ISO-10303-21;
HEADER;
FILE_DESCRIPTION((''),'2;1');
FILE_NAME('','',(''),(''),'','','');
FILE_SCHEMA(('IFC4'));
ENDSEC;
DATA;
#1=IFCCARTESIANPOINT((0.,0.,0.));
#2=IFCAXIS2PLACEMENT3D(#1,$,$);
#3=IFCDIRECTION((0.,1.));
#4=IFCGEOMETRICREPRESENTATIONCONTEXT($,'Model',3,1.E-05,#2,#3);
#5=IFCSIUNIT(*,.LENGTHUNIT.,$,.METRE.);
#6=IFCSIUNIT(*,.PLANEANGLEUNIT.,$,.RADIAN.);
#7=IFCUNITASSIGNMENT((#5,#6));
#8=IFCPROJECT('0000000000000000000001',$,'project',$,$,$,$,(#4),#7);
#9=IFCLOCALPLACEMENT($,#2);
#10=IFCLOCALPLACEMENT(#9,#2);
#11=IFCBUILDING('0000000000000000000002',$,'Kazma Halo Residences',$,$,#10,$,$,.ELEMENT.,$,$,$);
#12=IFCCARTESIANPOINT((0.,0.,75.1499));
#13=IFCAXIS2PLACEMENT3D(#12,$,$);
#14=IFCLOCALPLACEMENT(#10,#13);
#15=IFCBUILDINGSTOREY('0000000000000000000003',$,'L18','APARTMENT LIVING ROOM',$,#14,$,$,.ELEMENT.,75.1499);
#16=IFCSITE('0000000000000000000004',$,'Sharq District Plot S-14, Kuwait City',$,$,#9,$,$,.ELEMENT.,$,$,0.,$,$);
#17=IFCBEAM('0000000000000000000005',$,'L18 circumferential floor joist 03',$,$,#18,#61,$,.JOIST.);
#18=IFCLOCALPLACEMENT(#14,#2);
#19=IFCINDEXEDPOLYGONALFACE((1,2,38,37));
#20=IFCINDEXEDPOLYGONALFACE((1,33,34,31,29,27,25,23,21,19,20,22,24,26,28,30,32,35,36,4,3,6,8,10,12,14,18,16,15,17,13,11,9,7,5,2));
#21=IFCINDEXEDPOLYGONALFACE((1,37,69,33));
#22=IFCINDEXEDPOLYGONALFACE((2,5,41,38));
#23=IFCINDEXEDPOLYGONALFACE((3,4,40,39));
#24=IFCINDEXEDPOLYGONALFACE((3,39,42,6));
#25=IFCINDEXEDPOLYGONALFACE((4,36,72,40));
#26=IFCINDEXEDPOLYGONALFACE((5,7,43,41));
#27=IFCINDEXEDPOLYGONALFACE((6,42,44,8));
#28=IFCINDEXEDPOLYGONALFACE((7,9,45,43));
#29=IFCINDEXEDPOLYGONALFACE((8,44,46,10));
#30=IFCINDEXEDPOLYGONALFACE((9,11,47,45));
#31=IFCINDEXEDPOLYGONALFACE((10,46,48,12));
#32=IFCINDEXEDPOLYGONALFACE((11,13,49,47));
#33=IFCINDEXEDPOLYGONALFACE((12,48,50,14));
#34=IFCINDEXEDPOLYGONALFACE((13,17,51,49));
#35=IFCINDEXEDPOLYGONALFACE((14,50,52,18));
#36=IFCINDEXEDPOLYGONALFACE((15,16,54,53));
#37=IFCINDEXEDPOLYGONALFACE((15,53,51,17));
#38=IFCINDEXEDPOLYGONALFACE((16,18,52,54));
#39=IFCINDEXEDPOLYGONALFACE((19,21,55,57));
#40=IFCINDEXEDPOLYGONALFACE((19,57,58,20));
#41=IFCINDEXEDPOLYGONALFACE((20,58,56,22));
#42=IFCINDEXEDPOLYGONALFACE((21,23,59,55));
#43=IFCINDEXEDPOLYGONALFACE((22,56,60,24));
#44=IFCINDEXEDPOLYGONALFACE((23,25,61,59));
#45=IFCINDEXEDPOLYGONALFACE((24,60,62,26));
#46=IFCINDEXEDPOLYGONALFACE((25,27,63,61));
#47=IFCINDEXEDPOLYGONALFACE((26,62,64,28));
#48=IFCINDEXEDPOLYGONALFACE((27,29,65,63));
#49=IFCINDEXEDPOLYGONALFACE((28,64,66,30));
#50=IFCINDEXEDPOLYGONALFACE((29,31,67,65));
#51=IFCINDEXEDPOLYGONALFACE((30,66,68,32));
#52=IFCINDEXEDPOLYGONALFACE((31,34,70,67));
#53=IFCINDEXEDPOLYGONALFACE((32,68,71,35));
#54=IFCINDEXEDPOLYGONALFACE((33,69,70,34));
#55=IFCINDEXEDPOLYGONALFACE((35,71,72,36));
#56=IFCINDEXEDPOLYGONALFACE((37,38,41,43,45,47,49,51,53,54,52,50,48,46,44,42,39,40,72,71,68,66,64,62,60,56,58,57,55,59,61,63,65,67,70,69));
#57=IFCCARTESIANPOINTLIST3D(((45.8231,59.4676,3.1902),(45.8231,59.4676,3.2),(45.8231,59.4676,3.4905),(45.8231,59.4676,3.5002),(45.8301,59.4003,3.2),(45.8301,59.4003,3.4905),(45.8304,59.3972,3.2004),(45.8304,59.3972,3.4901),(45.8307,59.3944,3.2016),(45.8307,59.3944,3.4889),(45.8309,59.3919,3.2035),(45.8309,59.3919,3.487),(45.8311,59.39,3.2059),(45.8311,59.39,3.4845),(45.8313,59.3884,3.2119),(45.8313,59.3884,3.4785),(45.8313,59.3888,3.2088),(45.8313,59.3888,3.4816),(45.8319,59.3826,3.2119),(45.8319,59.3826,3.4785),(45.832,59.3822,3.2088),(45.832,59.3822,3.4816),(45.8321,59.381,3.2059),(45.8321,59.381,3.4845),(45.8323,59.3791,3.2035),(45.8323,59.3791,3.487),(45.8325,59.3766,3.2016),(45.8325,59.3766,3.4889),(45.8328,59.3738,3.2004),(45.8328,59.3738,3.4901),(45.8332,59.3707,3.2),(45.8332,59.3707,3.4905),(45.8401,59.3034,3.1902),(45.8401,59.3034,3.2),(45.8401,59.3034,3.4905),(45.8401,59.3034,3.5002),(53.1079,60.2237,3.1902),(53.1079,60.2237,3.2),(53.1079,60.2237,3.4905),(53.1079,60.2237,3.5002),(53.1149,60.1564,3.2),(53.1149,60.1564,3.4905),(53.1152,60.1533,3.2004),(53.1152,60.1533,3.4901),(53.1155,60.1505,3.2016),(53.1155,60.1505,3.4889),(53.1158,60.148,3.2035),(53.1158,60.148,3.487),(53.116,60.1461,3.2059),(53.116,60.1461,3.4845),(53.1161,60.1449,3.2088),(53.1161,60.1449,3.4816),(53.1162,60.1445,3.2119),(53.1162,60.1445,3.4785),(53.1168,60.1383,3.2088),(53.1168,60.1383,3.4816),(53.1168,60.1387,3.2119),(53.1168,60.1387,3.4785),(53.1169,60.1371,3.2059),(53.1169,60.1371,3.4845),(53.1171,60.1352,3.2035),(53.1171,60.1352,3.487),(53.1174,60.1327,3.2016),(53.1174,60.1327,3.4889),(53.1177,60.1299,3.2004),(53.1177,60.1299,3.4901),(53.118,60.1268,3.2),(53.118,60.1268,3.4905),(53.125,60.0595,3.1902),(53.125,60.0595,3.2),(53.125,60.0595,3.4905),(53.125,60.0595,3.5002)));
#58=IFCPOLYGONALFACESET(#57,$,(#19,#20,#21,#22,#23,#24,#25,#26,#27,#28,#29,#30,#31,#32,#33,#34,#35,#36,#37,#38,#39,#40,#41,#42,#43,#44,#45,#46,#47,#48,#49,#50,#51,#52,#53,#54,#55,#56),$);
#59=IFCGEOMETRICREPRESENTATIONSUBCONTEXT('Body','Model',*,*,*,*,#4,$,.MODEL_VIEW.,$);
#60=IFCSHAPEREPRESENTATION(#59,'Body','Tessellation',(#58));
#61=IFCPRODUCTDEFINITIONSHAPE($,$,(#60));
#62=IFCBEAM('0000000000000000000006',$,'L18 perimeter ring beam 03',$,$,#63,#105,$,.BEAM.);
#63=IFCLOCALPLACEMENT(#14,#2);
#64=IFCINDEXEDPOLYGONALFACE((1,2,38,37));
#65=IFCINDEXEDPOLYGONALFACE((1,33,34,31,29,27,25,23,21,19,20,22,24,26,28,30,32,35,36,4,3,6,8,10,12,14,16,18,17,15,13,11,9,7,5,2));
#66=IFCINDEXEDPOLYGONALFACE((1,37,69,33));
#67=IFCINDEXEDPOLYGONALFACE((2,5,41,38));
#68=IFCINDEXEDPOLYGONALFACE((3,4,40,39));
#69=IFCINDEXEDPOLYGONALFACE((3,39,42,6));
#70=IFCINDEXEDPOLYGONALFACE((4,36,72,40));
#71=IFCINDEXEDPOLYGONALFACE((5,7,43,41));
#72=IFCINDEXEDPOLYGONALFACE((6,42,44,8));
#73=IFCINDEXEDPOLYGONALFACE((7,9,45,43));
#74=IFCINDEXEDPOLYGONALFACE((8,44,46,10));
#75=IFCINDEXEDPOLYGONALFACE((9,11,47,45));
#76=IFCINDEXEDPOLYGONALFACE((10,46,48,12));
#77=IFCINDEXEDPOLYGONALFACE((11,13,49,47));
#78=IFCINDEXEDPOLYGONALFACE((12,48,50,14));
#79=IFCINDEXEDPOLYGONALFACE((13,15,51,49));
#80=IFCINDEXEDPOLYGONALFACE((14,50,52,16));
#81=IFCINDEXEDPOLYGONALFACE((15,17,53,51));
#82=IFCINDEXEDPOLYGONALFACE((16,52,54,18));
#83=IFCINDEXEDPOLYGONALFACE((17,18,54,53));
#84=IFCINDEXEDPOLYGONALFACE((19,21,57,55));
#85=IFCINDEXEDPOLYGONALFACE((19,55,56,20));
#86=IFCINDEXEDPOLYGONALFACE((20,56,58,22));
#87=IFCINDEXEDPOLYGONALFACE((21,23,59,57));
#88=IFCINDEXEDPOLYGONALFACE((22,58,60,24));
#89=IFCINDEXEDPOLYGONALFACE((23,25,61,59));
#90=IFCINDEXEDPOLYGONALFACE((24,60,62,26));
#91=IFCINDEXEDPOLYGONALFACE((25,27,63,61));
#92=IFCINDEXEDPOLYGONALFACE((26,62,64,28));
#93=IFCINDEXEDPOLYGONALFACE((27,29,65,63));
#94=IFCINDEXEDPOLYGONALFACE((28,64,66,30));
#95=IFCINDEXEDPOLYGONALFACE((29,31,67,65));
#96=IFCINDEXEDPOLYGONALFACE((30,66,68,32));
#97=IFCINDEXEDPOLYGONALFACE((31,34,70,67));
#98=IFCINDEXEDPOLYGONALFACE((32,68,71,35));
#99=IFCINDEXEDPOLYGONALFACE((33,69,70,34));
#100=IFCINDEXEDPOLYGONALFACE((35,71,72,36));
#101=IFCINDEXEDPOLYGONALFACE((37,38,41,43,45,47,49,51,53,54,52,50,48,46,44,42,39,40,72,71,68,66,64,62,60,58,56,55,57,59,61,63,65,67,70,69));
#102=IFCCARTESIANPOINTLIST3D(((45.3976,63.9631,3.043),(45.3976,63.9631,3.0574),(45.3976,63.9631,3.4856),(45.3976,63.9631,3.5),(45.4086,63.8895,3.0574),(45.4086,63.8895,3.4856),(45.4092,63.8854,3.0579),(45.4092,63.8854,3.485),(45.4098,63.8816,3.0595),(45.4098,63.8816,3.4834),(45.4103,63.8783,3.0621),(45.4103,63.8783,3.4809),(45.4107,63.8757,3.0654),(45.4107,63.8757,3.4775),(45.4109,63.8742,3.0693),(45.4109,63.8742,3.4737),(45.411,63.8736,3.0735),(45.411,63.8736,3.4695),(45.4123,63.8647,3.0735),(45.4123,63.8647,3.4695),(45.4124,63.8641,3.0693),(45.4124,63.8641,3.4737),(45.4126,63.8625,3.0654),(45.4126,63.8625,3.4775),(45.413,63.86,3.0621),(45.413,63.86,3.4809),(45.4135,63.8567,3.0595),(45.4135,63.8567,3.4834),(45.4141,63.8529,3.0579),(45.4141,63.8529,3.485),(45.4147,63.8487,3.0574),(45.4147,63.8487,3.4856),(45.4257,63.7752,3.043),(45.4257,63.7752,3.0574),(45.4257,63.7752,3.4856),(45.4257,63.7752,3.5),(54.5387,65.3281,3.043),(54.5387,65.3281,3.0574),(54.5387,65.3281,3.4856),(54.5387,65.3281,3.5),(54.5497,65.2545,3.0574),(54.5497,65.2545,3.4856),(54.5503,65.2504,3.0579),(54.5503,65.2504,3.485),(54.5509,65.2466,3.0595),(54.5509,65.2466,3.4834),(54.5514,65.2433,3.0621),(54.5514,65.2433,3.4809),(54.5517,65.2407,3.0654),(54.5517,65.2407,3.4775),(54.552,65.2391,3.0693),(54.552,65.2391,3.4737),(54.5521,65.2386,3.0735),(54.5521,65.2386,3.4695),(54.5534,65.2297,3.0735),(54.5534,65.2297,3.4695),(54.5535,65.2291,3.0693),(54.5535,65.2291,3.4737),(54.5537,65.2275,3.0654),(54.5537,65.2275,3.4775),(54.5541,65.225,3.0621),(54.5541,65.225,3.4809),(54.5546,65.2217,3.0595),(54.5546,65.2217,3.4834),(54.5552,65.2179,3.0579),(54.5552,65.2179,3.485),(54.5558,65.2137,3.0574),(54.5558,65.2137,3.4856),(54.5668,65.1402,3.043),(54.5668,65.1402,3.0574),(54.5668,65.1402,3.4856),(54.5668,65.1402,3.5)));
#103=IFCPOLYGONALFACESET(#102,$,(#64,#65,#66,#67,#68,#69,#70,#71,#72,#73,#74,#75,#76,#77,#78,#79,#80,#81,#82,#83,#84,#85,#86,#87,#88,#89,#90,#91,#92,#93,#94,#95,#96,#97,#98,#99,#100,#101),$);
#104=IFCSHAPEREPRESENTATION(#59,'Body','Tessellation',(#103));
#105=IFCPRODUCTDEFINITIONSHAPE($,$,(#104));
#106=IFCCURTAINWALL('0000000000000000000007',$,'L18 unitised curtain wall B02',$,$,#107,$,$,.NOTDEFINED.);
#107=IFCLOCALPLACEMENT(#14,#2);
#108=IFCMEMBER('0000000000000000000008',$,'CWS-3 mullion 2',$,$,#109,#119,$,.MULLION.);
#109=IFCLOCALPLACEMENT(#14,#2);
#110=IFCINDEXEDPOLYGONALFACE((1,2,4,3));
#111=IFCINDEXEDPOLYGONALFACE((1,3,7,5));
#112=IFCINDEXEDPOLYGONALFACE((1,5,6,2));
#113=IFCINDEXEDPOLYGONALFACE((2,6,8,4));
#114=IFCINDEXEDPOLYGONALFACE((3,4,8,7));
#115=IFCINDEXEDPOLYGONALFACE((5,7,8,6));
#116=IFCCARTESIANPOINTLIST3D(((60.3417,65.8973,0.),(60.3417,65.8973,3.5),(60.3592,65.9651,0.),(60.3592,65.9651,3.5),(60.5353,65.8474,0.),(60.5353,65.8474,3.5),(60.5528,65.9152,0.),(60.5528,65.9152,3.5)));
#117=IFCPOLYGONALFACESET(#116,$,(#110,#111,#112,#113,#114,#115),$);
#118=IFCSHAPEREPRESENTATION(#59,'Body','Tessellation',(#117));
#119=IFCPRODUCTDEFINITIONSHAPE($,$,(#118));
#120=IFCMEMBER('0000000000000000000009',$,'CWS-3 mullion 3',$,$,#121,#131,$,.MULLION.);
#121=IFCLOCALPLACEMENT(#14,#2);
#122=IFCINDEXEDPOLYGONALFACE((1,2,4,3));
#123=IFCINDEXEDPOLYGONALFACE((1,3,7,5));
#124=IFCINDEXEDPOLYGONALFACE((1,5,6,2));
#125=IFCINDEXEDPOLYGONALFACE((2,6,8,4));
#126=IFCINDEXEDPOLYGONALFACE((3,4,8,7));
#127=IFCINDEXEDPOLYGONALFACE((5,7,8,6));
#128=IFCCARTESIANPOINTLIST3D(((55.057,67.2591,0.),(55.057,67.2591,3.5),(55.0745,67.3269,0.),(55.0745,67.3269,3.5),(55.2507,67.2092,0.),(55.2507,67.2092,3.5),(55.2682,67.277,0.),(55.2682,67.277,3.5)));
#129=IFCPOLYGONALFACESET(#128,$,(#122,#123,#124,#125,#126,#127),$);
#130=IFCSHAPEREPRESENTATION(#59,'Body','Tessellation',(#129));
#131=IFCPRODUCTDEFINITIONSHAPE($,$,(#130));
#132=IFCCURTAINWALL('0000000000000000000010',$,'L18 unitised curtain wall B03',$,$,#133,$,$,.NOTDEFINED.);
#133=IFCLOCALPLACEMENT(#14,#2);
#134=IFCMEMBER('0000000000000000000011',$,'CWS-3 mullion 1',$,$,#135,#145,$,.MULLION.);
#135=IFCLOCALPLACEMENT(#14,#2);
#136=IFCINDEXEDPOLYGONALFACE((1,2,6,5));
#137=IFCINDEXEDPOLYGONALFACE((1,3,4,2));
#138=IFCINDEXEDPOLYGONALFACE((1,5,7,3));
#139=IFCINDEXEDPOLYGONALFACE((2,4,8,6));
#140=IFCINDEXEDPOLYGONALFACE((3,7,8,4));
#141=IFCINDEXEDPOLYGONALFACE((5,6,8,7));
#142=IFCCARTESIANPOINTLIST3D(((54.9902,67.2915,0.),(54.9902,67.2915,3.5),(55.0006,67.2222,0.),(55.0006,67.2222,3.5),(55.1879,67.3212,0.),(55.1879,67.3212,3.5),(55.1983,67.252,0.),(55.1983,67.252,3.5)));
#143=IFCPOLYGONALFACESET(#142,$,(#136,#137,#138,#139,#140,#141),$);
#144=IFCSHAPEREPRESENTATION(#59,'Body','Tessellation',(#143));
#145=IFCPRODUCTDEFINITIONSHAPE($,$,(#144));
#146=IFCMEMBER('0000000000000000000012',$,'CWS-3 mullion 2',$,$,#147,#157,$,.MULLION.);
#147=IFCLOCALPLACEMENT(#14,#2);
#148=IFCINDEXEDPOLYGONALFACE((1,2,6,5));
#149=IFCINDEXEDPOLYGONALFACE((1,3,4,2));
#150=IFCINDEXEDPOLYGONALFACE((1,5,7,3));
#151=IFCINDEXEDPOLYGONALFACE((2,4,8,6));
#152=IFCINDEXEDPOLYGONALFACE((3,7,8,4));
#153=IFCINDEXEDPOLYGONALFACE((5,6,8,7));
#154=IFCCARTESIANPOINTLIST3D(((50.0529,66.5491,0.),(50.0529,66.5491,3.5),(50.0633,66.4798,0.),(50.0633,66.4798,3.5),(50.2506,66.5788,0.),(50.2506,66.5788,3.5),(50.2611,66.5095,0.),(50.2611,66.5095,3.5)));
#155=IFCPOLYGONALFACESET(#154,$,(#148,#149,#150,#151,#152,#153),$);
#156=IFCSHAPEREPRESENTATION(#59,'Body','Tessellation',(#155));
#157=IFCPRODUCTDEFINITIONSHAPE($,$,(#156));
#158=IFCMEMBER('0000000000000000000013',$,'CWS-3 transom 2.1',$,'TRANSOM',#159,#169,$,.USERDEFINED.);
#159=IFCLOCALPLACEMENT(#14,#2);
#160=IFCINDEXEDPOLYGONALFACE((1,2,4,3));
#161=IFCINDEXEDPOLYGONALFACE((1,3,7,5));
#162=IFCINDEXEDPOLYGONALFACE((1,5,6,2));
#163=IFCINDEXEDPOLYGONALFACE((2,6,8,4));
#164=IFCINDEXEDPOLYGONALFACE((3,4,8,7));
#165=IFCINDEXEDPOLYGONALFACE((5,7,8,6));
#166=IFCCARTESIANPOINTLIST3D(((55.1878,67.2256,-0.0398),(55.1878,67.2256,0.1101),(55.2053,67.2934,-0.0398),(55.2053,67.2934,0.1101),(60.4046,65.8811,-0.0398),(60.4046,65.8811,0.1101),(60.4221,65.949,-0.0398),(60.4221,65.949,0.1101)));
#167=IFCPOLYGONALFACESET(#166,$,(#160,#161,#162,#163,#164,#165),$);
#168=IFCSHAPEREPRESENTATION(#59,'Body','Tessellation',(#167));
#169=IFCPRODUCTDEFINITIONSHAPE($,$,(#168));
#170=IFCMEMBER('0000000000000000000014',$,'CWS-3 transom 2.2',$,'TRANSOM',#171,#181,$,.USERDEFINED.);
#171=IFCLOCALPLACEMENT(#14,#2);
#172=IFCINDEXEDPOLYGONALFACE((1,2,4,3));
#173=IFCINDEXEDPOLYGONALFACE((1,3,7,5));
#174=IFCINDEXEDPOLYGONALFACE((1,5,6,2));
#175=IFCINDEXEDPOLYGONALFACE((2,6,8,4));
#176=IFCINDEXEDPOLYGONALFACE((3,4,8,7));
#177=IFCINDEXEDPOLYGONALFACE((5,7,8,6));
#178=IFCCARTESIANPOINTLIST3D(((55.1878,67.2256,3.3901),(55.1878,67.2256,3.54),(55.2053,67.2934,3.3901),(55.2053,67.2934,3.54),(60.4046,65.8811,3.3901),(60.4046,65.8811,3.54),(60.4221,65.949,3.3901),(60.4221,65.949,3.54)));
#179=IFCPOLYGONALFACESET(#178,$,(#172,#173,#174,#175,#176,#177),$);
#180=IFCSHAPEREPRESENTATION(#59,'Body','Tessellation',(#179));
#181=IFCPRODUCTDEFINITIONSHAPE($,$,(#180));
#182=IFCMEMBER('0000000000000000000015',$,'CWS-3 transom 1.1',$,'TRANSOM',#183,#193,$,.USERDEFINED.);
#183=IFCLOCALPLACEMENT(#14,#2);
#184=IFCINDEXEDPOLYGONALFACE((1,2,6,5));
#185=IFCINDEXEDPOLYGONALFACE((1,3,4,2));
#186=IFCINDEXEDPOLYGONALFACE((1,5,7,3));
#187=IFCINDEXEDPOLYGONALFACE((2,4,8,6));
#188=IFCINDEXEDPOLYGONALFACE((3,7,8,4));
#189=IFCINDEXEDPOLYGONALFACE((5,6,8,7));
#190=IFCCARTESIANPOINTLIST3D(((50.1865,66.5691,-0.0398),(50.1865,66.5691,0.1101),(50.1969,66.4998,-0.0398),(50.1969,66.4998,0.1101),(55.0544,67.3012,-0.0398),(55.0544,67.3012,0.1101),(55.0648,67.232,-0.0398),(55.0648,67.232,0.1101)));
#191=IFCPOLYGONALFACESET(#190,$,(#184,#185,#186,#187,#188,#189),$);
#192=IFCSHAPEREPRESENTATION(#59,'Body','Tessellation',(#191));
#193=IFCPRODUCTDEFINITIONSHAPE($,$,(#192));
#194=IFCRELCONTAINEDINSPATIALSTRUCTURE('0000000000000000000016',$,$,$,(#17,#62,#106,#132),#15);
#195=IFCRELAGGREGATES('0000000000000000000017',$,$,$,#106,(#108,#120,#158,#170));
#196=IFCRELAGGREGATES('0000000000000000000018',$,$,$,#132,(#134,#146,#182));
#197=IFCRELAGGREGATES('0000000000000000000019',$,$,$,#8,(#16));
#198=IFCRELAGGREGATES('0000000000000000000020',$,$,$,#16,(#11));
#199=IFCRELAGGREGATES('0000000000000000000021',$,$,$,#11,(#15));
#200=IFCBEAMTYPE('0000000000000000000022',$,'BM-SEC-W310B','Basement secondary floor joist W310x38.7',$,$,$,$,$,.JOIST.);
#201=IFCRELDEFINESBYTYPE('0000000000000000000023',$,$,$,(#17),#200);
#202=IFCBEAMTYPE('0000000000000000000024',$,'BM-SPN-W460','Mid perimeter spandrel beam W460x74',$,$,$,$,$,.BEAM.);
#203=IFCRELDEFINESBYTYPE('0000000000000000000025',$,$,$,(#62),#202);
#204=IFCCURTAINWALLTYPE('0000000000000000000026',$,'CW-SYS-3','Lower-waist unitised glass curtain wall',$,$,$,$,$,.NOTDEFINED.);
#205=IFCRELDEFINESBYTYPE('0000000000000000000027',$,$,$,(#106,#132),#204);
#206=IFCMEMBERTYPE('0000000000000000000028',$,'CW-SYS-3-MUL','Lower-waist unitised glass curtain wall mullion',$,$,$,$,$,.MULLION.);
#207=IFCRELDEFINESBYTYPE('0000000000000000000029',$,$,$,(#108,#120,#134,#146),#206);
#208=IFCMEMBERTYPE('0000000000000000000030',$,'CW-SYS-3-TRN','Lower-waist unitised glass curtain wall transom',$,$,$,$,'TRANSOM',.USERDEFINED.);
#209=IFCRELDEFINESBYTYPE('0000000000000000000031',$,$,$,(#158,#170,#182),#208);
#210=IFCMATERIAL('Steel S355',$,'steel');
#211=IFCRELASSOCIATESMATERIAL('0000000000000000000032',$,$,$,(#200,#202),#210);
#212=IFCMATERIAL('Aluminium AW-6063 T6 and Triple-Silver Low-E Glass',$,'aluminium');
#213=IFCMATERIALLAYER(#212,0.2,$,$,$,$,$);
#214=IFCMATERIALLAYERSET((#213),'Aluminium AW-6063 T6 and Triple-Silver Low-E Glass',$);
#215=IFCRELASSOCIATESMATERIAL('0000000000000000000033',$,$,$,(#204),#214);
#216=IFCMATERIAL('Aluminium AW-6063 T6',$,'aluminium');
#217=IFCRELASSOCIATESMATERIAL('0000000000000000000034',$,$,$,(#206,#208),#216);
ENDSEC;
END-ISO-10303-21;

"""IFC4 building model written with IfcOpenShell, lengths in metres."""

from ifc_helpers import new_model, si_unit, direction, frame, origin, origin_2d, place, context, subcontext, project, spatial, rectangle, i_section, extrude, material, layer, layer_set, material_profile, profile_set, type_object, element, aggregate, save


model = new_model("IFC4")

# Units and contexts
model_context = context("Model", 3, precision=1e-05, world=origin(), true_north=direction((0.0, 1.0)))
body_context = subcontext(model_context, "Body", "Model", "MODEL_VIEW")
ifc_project = project(units=[si_unit("LENGTHUNIT", "METRE"), si_unit("PLANEANGLEUNIT", "RADIAN")], contexts=[model_context])

# Site, building, storey
site_placement = place(None, origin())
site = spatial("IfcSite", under=ifc_project, at=site_placement, Name="Sharq District Plot S-14, Kuwait City", CompositionType="ELEMENT", RefElevation=0.0)
building_placement = place(site_placement, origin())
building = spatial("IfcBuilding", under=site, at=building_placement, Name="Kazma Halo Residences", CompositionType="ELEMENT")
storey_placement = place(building_placement, frame((0.0, 0.0, 75.1499)))
storey = spatial("IfcBuildingStorey", under=building, at=storey_placement, Name="L18", Description="APARTMENT LIVING ROOM", CompositionType="ELEMENT", Elevation=75.1499)

# Beams
ifc_material_1 = material(Name="Steel S355", Category="steel")
ifc_material_profile_1 = material_profile(ifc_material_1, i_section(OverallWidth=0.165, OverallDepth=0.3101, WebThickness=0.0059, FlangeThickness=0.0098, FilletRadius=0.012, at=origin_2d()), Name="W310x38.7")
ifc_profile_set_1 = profile_set([ifc_material_profile_1], Name="Steel S355")
beam_type_1 = type_object("IfcBeamType", Name="BM-SEC-W310B", Description="Basement secondary floor joist W310x38.7", PredefinedType="JOIST", material=ifc_profile_set_1)
beam_1_placement = place(storey_placement, frame((53.1165, 60.1416, 3.3452), z_axis=(-0.994657, -0.103236, 0.0), x_axis=(0.103236, -0.994657, 0.0)))
element("IfcBeam", 1, at=beam_1_placement, inside=storey, type_object=beam_type_1, Name="L18 circumferential floor joist 03", PredefinedType="JOIST", context=body_context, shape_type="SweptSolid", body=[
    extrude(i_section(OverallWidth=0.165, OverallDepth=0.3101, WebThickness=0.0059, FlangeThickness=0.0098, FilletRadius=0.012, at=origin_2d()), origin(), (0.0, 0.0, 1.0), 7.324),
])
ifc_material_profile_2 = material_profile(ifc_material_1, i_section(OverallWidth=0.1899, OverallDepth=0.457, WebThickness=0.009, FlangeThickness=0.0144, FilletRadius=0.0161, at=origin_2d()), Name="W460x74")
ifc_profile_set_2 = profile_set([ifc_material_profile_2], Name="Steel S355")
beam_type_2 = type_object("IfcBeamType", Name="BM-SPN-W460", Description="Mid perimeter spandrel beam W460x74", PredefinedType="BEAM", material=ifc_profile_set_2)
beam_2_placement = place(storey_placement, frame((54.5527, 65.2341, 3.2715), z_axis=(-0.989034, -0.147687, 0.0), x_axis=(0.147687, -0.989034, 0.0)))
element("IfcBeam", 2, at=beam_2_placement, inside=storey, type_object=beam_type_2, Name="L18 perimeter ring beam 03", PredefinedType="BEAM", context=body_context, shape_type="SweptSolid", body=[
    extrude(i_section(OverallWidth=0.1899, OverallDepth=0.457, WebThickness=0.009, FlangeThickness=0.0144, FilletRadius=0.0161, at=origin_2d()), origin(), (0.0, 0.0, 1.0), 9.2424),
])

# Curtain walls, members
ifc_material_2 = material(Name="Aluminium AW-6063 T6 and Triple-Silver Low-E Glass", Category="aluminium")
ifc_layer_1 = layer(ifc_material_2, 0.2)
ifc_layer_set_1 = layer_set([ifc_layer_1], Name="Aluminium AW-6063 T6 and Triple-Silver Low-E Glass")
curtain_wall_type = type_object("IfcCurtainWallType", Name="CW-SYS-3", Description="Lower-waist unitised glass curtain wall", PredefinedType="NOTDEFINED", material=ifc_layer_set_1)
curtain_wall_1_placement = place(storey_placement, origin())
curtain_wall_1 = element("IfcCurtainWall", 3, at=curtain_wall_1_placement, inside=storey, type_object=curtain_wall_type, Name="L18 unitised curtain wall B02", PredefinedType="NOTDEFINED")
ifc_material_3 = material(Name="Aluminium AW-6063 T6", Category="aluminium")
ifc_material_profile_3 = material_profile(ifc_material_3, rectangle(XDim=0.0701, YDim=0.2, at=origin_2d()), Name="CWM-70x200")
ifc_profile_set_3 = profile_set([ifc_material_profile_3], Name="Aluminium AW-6063 T6")
member_type_1 = type_object("IfcMemberType", Name="CW-SYS-3-MUL", Description="Lower-waist unitised glass curtain wall mullion", PredefinedType="MULLION", material=ifc_profile_set_3)
member_1_placement = place(storey_placement, frame((60.4473, 65.9062, 0.0), z_axis=(0.0, 0.0, 1.0), x_axis=(-0.249572, -0.968356, 0.0)))
member_1 = element("IfcMember", 4, at=member_1_placement, type_object=member_type_1, Name="CWS-3 mullion 2", PredefinedType="MULLION", context=body_context, shape_type="SweptSolid", body=[
    extrude(rectangle(XDim=0.0701, YDim=0.2, at=origin_2d()), origin(), (0.0, 0.0, 1.0), 3.5),
])
member_2_placement = place(storey_placement, frame((55.1626, 67.2681, 0.0), z_axis=(0.0, 0.0, 1.0), x_axis=(-0.249572, -0.968356, 0.0)))
member_2 = element("IfcMember", 5, at=member_2_placement, type_object=member_type_1, Name="CWS-3 mullion 3", PredefinedType="MULLION", context=body_context, shape_type="SweptSolid", body=[
    extrude(rectangle(XDim=0.0701, YDim=0.2, at=origin_2d()), origin(), (0.0, 0.0, 1.0), 3.5),
])
curtain_wall_2_placement = place(storey_placement, origin())
curtain_wall_2 = element("IfcCurtainWall", 6, at=curtain_wall_2_placement, inside=storey, type_object=curtain_wall_type, Name="L18 unitised curtain wall B03", PredefinedType="NOTDEFINED")
member_3_placement = place(storey_placement, frame((55.0942, 67.2717, 0.0), z_axis=(0.0, 0.0, 1.0), x_axis=(0.148717, -0.98888, 0.0)))
member_3 = element("IfcMember", 7, at=member_3_placement, type_object=member_type_1, Name="CWS-3 mullion 1", PredefinedType="MULLION", context=body_context, shape_type="SweptSolid", body=[
    extrude(rectangle(XDim=0.0701, YDim=0.2, at=origin_2d()), origin(), (0.0, 0.0, 1.0), 3.5),
])
member_4_placement = place(storey_placement, frame((50.157, 66.5293, 0.0), z_axis=(0.0, 0.0, 1.0), x_axis=(0.148717, -0.98888, 0.0)))
member_4 = element("IfcMember", 8, at=member_4_placement, type_object=member_type_1, Name="CWS-3 mullion 2", PredefinedType="MULLION", context=body_context, shape_type="SweptSolid", body=[
    extrude(rectangle(XDim=0.0701, YDim=0.2, at=origin_2d()), origin(), (0.0, 0.0, 1.0), 3.5),
])

# Members
ifc_material_profile_4 = material_profile(ifc_material_3, rectangle(XDim=0.0701, YDim=0.1499, at=origin_2d()), Name="CWT-70x150")
ifc_profile_set_4 = profile_set([ifc_material_profile_4], Name="Aluminium AW-6063 T6")
member_type_2 = type_object("IfcMemberType", Name="CW-SYS-3-TRN", Description="Lower-waist unitised glass curtain wall transom", ElementType="TRANSOM", PredefinedType="USERDEFINED", material=ifc_profile_set_4)
member_5_placement = place(storey_placement, frame((60.4133, 65.915, 0.0352), z_axis=(-0.968358, 0.249567, 0.0), x_axis=(-0.249567, -0.968358, 0.0)))
member_5 = element("IfcMember", 9, at=member_5_placement, type_object=member_type_2, Name="CWS-3 transom 2.1", ObjectType="TRANSOM", PredefinedType="USERDEFINED", context=body_context, shape_type="SweptSolid", body=[
    extrude(rectangle(XDim=0.0701, YDim=0.1499, at=origin_2d()), origin(), (0.0, 0.0, 1.0), 5.3872),
])
member_6_placement = place(storey_placement, frame((60.4133, 65.915, 3.4651), z_axis=(-0.968358, 0.249567, 0.0), x_axis=(-0.249567, -0.968358, 0.0)))
member_6 = element("IfcMember", 10, at=member_6_placement, type_object=member_type_2, Name="CWS-3 transom 2.2", ObjectType="TRANSOM", PredefinedType="USERDEFINED", context=body_context, shape_type="SweptSolid", body=[
    extrude(rectangle(XDim=0.0701, YDim=0.1499, at=origin_2d()), origin(), (0.0, 0.0, 1.0), 5.3872),
])
member_7_placement = place(storey_placement, frame((55.0596, 67.2666, 0.0352), z_axis=(-0.988877, -0.148736, 0.0), x_axis=(0.148736, -0.988877, 0.0)))
member_7 = element("IfcMember", 11, at=member_7_placement, type_object=member_type_2, Name="CWS-3 transom 1.1", ObjectType="TRANSOM", PredefinedType="USERDEFINED", context=body_context, shape_type="SweptSolid", body=[
    extrude(rectangle(XDim=0.0701, YDim=0.1499, at=origin_2d()), origin(), (0.0, 0.0, 1.0), 4.9226),
])

aggregate(curtain_wall_1, [member_1, member_2, member_5, member_6])
aggregate(curtain_wall_2, [member_3, member_4, member_7])

save(model, "model.ifc")
